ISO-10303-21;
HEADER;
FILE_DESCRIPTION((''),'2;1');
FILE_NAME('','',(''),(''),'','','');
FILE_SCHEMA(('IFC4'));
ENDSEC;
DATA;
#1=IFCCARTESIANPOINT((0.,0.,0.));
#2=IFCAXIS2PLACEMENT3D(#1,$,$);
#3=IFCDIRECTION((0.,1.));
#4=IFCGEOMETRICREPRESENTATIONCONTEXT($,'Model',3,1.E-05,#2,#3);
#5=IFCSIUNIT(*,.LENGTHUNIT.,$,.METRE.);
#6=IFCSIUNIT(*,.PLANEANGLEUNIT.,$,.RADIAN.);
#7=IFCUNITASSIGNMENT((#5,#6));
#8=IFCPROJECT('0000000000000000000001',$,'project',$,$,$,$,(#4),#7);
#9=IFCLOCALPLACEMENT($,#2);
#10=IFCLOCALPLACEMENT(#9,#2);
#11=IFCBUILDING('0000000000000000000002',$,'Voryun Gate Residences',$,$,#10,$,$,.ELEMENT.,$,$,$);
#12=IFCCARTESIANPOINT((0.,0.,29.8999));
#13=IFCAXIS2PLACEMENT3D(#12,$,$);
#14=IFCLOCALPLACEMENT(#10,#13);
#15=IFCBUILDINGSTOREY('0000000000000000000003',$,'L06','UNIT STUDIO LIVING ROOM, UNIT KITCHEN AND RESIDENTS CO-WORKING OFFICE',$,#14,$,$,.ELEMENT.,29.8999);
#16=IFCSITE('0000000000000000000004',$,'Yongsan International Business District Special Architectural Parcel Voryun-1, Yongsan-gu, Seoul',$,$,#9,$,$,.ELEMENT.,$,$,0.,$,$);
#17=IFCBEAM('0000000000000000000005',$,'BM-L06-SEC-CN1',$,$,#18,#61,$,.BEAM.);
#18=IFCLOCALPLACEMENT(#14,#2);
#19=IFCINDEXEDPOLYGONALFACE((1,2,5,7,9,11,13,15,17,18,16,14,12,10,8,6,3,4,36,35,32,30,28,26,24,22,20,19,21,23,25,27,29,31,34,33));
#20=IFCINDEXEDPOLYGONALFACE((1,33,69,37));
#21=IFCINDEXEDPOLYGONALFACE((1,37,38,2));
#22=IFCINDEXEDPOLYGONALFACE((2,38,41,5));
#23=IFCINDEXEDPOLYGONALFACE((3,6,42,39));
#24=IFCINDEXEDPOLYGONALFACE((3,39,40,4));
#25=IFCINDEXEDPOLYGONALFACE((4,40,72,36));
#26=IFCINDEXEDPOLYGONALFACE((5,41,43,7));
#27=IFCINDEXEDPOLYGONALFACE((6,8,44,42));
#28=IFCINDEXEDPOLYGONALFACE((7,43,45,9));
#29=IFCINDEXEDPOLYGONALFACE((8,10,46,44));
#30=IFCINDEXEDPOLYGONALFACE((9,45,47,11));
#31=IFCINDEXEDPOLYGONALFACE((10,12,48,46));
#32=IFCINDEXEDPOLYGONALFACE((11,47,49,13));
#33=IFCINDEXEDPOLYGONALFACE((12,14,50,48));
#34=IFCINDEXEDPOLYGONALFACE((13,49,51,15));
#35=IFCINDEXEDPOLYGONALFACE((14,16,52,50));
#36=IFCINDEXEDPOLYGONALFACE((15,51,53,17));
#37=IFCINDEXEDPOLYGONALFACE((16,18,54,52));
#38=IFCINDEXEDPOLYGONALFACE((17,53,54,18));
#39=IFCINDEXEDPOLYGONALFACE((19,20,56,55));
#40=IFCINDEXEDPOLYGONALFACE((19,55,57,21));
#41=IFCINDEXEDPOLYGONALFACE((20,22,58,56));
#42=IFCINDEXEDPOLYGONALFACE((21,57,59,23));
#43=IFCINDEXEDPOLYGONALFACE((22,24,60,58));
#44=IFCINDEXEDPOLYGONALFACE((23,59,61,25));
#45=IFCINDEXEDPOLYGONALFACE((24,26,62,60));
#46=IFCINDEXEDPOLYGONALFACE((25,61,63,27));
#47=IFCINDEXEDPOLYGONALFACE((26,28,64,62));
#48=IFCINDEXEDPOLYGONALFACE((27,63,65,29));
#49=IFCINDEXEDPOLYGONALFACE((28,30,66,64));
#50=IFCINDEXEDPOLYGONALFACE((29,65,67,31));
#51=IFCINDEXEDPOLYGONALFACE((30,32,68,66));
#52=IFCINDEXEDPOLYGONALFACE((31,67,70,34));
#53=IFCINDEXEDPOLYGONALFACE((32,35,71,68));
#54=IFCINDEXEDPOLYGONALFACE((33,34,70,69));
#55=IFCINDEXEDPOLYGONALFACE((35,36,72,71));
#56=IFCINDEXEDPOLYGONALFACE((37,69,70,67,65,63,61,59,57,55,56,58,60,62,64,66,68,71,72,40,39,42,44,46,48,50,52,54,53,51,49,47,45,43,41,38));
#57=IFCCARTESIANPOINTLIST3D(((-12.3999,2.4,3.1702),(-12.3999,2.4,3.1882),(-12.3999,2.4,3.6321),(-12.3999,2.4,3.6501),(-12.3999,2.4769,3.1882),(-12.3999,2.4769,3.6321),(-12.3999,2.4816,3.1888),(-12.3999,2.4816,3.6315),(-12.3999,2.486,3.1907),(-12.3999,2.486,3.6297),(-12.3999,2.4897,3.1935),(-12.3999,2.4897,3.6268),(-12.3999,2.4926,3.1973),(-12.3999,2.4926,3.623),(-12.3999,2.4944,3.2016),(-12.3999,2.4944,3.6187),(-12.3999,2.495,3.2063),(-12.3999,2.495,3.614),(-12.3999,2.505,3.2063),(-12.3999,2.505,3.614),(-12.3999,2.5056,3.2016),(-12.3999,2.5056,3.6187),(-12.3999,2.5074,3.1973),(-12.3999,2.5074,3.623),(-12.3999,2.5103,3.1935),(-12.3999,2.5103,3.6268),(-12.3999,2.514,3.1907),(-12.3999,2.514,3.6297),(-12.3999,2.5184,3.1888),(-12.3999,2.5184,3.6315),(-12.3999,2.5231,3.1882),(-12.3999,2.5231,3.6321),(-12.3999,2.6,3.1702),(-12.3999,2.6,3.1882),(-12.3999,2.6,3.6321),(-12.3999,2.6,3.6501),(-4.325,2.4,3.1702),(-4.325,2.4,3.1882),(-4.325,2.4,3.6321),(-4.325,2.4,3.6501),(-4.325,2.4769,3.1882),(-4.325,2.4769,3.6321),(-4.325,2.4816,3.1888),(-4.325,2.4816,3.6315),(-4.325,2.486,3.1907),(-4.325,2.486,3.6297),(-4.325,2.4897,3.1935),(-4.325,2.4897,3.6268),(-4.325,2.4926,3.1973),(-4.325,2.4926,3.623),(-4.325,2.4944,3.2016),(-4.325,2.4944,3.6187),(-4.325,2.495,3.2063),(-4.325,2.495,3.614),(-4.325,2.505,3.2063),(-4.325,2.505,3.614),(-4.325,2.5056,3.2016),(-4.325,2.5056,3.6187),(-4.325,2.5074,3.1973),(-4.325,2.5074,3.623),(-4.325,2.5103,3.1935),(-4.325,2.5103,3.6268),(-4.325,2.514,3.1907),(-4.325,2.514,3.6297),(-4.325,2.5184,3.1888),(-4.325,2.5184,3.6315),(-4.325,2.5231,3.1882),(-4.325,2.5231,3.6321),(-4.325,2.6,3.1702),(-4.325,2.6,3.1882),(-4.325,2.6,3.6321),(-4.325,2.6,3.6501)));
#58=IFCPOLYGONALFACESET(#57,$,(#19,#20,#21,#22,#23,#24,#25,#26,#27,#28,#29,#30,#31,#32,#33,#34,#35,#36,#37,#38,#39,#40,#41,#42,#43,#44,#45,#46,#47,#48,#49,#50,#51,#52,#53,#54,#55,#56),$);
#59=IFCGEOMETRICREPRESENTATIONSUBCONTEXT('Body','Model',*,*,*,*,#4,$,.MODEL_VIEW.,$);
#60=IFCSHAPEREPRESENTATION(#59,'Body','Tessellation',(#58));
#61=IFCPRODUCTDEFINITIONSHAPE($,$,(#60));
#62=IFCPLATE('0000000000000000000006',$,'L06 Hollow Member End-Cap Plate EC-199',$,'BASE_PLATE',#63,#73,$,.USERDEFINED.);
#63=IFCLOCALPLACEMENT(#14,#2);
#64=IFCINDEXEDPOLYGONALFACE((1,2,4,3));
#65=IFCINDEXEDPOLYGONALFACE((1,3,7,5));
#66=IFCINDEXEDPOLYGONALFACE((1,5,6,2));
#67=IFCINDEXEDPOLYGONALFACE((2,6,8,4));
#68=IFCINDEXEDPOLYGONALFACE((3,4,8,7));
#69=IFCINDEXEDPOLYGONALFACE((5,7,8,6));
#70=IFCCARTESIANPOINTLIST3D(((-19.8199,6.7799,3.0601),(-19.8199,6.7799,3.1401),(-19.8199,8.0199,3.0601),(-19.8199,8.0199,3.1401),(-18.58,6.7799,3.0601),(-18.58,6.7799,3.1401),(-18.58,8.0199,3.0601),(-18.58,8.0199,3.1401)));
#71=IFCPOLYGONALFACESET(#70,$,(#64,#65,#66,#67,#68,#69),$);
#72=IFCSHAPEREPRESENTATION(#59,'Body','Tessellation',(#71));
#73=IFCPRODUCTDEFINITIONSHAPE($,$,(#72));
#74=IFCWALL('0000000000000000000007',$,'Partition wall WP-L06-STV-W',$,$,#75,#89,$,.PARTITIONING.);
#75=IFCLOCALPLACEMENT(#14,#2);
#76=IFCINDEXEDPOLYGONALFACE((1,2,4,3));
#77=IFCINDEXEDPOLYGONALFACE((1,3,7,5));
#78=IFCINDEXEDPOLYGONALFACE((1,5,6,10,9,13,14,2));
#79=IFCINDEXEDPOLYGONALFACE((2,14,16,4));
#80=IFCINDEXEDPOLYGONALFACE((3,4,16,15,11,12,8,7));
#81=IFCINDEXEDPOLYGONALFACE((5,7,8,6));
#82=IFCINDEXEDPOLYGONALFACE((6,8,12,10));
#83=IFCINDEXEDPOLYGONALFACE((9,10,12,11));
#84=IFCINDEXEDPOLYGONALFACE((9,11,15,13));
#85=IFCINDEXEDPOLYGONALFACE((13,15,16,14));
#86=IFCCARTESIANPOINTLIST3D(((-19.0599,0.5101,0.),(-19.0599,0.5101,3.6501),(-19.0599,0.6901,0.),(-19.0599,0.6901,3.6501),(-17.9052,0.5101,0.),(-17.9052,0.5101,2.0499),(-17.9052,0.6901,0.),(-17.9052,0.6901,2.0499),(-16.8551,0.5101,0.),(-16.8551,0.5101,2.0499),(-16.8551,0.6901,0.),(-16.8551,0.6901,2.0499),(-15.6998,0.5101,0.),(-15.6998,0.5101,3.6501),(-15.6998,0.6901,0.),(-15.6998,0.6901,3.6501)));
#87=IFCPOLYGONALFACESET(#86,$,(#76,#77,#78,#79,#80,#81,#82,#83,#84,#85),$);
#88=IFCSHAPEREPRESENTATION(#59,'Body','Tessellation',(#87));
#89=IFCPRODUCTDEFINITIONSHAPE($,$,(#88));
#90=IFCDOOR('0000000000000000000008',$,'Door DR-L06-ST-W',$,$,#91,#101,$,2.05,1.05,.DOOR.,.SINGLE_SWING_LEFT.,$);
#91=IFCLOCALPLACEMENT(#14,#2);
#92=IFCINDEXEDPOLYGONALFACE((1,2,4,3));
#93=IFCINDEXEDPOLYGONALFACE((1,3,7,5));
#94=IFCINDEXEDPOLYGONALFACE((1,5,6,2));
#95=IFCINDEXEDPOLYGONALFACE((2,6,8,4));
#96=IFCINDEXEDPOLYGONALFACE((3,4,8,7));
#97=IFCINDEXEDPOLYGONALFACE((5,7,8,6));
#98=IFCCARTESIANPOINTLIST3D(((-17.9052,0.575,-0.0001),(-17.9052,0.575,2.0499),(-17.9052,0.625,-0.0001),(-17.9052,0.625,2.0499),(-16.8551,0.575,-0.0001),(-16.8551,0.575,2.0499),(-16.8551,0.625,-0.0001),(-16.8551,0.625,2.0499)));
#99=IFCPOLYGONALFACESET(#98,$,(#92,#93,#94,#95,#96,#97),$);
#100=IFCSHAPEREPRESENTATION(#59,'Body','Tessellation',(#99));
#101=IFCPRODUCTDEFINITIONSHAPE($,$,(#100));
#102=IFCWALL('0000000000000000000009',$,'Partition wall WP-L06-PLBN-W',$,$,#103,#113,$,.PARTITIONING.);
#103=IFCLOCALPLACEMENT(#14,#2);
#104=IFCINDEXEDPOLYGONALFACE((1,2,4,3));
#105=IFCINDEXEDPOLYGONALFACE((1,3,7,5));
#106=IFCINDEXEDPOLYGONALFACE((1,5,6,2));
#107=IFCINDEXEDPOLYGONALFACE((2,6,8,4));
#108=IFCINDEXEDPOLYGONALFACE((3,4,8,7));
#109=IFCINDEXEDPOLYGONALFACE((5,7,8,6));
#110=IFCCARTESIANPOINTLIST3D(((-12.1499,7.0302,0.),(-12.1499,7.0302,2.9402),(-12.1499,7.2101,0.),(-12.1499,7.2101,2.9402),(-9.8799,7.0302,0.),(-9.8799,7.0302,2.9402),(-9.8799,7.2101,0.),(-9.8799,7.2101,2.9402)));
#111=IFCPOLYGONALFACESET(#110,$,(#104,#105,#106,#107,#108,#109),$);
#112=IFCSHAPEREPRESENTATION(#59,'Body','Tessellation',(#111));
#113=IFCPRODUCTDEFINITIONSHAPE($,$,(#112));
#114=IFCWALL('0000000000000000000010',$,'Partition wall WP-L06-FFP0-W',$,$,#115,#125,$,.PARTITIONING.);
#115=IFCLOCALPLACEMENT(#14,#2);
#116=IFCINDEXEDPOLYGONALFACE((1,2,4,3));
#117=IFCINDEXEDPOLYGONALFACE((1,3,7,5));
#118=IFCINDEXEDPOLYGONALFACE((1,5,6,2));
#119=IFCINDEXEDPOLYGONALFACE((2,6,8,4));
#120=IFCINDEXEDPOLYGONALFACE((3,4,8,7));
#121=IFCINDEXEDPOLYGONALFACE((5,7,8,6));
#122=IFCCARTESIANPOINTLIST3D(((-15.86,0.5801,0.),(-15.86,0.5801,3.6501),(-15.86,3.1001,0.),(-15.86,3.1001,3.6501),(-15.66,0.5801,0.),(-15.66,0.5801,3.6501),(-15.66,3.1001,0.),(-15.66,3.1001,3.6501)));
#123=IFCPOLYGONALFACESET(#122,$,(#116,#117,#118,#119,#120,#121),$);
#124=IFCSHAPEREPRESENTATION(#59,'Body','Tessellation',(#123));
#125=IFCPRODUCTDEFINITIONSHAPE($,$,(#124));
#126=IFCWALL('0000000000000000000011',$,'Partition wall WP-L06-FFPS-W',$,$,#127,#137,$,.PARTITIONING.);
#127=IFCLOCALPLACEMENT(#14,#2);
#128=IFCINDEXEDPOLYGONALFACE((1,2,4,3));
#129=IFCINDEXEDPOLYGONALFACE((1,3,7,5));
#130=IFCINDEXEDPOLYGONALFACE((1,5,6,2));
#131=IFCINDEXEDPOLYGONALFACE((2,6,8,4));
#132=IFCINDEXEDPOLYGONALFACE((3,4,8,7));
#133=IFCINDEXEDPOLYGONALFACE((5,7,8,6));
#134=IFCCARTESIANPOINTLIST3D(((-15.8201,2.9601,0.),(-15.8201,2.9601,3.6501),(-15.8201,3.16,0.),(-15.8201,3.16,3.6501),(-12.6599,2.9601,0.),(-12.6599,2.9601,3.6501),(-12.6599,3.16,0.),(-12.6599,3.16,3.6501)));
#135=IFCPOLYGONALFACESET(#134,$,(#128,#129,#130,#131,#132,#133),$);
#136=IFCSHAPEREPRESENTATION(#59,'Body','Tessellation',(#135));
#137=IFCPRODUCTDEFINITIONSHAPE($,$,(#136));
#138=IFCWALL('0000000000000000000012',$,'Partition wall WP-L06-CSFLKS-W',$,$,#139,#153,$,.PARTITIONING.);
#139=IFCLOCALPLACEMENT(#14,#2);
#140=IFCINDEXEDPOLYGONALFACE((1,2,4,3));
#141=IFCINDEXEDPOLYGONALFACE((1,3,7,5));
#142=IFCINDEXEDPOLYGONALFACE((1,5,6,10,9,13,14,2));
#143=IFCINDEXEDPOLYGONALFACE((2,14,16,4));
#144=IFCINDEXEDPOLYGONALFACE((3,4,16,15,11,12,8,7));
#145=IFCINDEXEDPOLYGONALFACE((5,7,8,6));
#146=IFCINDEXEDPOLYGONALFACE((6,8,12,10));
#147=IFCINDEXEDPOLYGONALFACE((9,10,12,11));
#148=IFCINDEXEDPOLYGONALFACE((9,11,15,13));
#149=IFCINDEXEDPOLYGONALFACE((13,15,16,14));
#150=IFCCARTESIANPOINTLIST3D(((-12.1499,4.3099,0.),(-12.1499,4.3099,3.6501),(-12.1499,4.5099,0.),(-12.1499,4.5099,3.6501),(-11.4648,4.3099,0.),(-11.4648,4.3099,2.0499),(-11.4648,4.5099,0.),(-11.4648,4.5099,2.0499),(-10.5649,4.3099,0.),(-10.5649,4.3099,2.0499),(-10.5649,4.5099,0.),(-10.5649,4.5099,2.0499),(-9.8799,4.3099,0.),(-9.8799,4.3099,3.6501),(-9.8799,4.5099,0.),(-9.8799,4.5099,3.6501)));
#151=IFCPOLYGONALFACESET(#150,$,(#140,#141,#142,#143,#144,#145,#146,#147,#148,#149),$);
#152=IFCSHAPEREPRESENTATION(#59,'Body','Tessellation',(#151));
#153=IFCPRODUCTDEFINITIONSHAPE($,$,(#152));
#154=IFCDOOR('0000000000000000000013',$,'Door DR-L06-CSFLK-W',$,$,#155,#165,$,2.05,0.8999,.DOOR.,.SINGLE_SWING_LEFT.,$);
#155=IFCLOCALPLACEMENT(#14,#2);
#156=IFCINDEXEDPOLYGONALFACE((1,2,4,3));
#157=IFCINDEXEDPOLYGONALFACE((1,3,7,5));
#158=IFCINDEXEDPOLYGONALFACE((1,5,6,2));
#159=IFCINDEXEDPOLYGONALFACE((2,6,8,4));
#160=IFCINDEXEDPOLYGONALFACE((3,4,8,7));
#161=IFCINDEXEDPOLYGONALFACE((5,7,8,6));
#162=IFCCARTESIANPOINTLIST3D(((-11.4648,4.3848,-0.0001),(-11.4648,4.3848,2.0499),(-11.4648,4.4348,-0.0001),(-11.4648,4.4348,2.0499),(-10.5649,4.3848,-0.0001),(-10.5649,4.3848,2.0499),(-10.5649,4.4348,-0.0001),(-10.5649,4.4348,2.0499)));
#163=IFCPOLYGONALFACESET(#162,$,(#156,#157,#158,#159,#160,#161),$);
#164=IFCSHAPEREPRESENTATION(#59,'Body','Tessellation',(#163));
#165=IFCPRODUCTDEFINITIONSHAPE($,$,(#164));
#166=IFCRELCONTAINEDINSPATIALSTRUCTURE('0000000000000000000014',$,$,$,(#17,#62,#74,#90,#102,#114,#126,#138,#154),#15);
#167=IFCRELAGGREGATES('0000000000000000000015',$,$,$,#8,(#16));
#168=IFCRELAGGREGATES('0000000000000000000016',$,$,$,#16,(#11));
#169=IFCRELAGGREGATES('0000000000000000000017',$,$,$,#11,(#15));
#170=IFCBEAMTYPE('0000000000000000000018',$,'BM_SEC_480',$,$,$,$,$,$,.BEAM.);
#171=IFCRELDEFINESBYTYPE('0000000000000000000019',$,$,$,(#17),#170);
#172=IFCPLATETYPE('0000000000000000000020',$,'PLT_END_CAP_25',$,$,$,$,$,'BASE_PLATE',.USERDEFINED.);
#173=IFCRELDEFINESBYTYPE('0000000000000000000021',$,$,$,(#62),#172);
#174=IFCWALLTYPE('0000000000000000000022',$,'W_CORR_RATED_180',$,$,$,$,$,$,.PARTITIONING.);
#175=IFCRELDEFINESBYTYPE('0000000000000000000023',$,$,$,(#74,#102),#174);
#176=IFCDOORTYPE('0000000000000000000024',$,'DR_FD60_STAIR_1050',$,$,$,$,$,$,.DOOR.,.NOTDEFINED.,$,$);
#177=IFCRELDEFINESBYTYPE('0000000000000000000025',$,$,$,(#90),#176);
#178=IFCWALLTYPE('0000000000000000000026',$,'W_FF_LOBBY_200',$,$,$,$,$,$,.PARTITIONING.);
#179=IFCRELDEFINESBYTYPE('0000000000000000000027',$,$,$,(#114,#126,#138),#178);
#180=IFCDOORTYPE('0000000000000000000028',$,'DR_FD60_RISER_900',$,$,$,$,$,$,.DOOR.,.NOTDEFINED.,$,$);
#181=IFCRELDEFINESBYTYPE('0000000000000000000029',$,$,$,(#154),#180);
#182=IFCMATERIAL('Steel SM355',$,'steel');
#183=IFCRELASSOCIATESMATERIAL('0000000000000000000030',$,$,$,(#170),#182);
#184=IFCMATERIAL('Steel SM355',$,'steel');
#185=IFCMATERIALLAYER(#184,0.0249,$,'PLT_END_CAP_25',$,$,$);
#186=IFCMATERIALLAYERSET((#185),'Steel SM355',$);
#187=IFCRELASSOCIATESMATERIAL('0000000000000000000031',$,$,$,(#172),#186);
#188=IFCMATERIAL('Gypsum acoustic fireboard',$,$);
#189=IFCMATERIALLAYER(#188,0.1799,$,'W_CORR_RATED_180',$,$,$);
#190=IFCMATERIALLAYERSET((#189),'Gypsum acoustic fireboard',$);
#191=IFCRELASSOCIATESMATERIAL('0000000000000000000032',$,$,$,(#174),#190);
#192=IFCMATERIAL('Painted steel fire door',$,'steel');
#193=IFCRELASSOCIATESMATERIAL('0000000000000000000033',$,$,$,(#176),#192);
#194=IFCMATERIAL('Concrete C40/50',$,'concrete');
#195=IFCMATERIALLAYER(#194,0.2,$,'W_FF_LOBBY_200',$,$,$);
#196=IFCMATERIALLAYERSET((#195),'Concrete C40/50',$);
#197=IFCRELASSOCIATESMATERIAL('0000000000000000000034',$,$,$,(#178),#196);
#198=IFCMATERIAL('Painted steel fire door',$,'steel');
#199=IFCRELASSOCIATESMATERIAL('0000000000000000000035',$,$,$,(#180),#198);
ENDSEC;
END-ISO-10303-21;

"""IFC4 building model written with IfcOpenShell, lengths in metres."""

from ifc_helpers import new_model, si_unit, direction, frame, frame_2d, origin, origin_2d, place, context, subcontext, project, spatial, rectangle, i_section, extrude, material, layer, layer_set, material_profile, profile_set, type_object, element, fill, save


model = new_model("IFC4")

# Units and contexts
model_context = context("Model", 3, precision=1e-05, world=origin(), true_north=direction((0.0, 1.0)))
body_context = subcontext(model_context, "Body", "Model", "MODEL_VIEW")
ifc_project = project(units=[si_unit("LENGTHUNIT", "METRE"), si_unit("PLANEANGLEUNIT", "RADIAN")], contexts=[model_context])

# Site, building, storey
site_placement = place(None, origin())
site = spatial("IfcSite", under=ifc_project, at=site_placement, Name="Yongsan International Business District Special Architectural Parcel Voryun-1, Yongsan-gu, Seoul", CompositionType="ELEMENT", RefElevation=0.0)
building_placement = place(site_placement, origin())
building = spatial("IfcBuilding", under=site, at=building_placement, Name="Voryun Gate Residences", CompositionType="ELEMENT")
storey_placement = place(building_placement, frame((0.0, 0.0, 29.8999)))
storey = spatial("IfcBuildingStorey", under=building, at=storey_placement, Name="L06", Description="UNIT STUDIO LIVING ROOM, UNIT KITCHEN AND RESIDENTS CO-WORKING OFFICE", CompositionType="ELEMENT", Elevation=29.8999)

# Beam
ifc_material_1 = material(Name="Steel SM355", Category="steel")
ifc_material_profile_1 = material_profile(ifc_material_1, i_section(OverallWidth=0.2, OverallDepth=0.48, WebThickness=0.01, FlangeThickness=0.0181, FilletRadius=0.0181, at=origin_2d()), Name="H-480x200x10x18")
ifc_profile_set_1 = profile_set([ifc_material_profile_1], Name="Steel SM355")
beam_type_1 = type_object("IfcBeamType", Name="BM_SEC_480", PredefinedType="BEAM", material=ifc_profile_set_1)
for number, where, z_axis, x_axis, name in (
    (1, (-12.3999, 2.5, 3.4102), (1.0, 0.0, 0.0), (0.0, 1.0, 0.0), "BM-L06-SEC-CN1"),
):
    element("IfcBeam", number, at=place(storey_placement, frame(where, z_axis=z_axis, x_axis=x_axis)), inside=storey, type_object=beam_type_1, Name=name, PredefinedType="BEAM", context=body_context, shape_type="SweptSolid", body=[
        extrude(i_section(OverallWidth=0.2, OverallDepth=0.48, WebThickness=0.01, FlangeThickness=0.0181, FilletRadius=0.0181, at=origin_2d()), origin(), (0.0, 0.0, 1.0), 8.075),
    ])

# Plate
ifc_material_2 = material(Name="Steel SM355", Category="steel")
ifc_layer_1 = layer(ifc_material_2, 0.0249, Name="PLT_END_CAP_25")
ifc_layer_set_1 = layer_set([ifc_layer_1], Name="Steel SM355")
plate_type = type_object("IfcPlateType", Name="PLT_END_CAP_25", ElementType="BASE_PLATE", PredefinedType="USERDEFINED", material=ifc_layer_set_1)
plate_placement = place(storey_placement, frame((-19.2, 7.3999, 3.0601), z_axis=(0.0, 0.0, 1.0), x_axis=(1.0, 0.0, 0.0)))
element("IfcPlate", 2, at=plate_placement, inside=storey, type_object=plate_type, Name="L06 Hollow Member End-Cap Plate EC-199", ObjectType="BASE_PLATE", PredefinedType="USERDEFINED", context=body_context, shape_type="SweptSolid", body=[
    extrude(rectangle(XDim=1.24, YDim=1.24, at=origin_2d()), origin(), (0.0, 0.0, 1.0), 0.0801),
])

# Wall, opening, door
ifc_material_3 = material(Name="Gypsum acoustic fireboard")
ifc_layer_2 = layer(ifc_material_3, 0.1799, Name="W_CORR_RATED_180")
ifc_layer_set_2 = layer_set([ifc_layer_2], Name="Gypsum acoustic fireboard")
wall_type_1 = type_object("IfcWallType", Name="W_CORR_RATED_180", PredefinedType="PARTITIONING", material=ifc_layer_set_2)
wall_1_placement = place(storey_placement, frame((-19.0601, 0.6001, 0.0), z_axis=(0.0, 0.0, 1.0), x_axis=(1.0, 0.0, 0.0)))
wall_1 = element("IfcWall", 3, at=wall_1_placement, inside=storey, type_object=wall_type_1, Name="Partition wall WP-L06-STV-W", PredefinedType="PARTITIONING", context=body_context, shape_type="SweptSolid", body=[
    extrude(rectangle(XDim=3.3601, YDim=0.1799, at=frame_2d((1.6802, 0.0))), origin(), (0.0, 0.0, 1.0), 3.6501),
])
opening_1_placement = place(wall_1_placement, frame((1.155, 0.0, 0.0)))
opening_1 = element("IfcOpeningElement", 4, at=opening_1_placement, cuts=wall_1, PredefinedType="OPENING", context=body_context, shape_type="SweptSolid", body=[
    extrude(rectangle(XDim=1.05, YDim=2.05, at=frame_2d((0.5249, 1.0249))), frame((0.0, 0.0999, 0.0), z_axis=(0.0, -1.0, 0.0), x_axis=(1.0, 0.0, 0.0)), (0.0, 0.0, 1.0), 0.2),
])
ifc_material_4 = material(Name="Painted steel fire door", Category="steel")
door_type_1 = type_object("IfcDoorType", Name="DR_FD60_STAIR_1050", OperationType="NOTDEFINED", PredefinedType="DOOR", material=ifc_material_4)
door_1_placement = place(opening_1_placement, origin())
door_1 = element("IfcDoor", 5, at=door_1_placement, inside=storey, type_object=door_type_1, Name="Door DR-L06-ST-W", OperationType="SINGLE_SWING_LEFT", OverallHeight=2.05, OverallWidth=1.05, PredefinedType="DOOR", context=body_context, shape_type="SweptSolid", body=[
    extrude(rectangle(XDim=1.05, YDim=2.05, at=frame_2d((0.5249, 1.0249))), frame((0.0, 0.0249, 0.0), z_axis=(0.0, -1.0, 0.0), x_axis=(1.0, 0.0, 0.0)), (0.0, 0.0, 1.0), 0.05),
])
fill(opening_1, door_1)

# Walls
wall_2_placement = place(storey_placement, frame((-12.1499, 7.1201, 0.0), z_axis=(0.0, 0.0, 1.0), x_axis=(1.0, 0.0, 0.0)))
element("IfcWall", 6, at=wall_2_placement, inside=storey, type_object=wall_type_1, Name="Partition wall WP-L06-PLBN-W", PredefinedType="PARTITIONING", context=body_context, shape_type="SweptSolid", body=[
    extrude(rectangle(XDim=2.27, YDim=0.1799, at=frame_2d((1.135, 0.0))), origin(), (0.0, 0.0, 1.0), 2.9402),
])
ifc_material_5 = material(Name="Concrete C40/50", Category="concrete")
ifc_layer_3 = layer(ifc_material_5, 0.2, Name="W_FF_LOBBY_200")
ifc_layer_set_3 = layer_set([ifc_layer_3], Name="Concrete C40/50")
wall_type_2 = type_object("IfcWallType", Name="W_FF_LOBBY_200", PredefinedType="PARTITIONING", material=ifc_layer_set_3)
wall_3_placement = place(storey_placement, frame((-15.76, 0.5801, 0.0), z_axis=(0.0, 0.0, 1.0), x_axis=(0.0, 1.0, 0.0)))
element("IfcWall", 7, at=wall_3_placement, inside=storey, type_object=wall_type_2, Name="Partition wall WP-L06-FFP0-W", PredefinedType="PARTITIONING", context=body_context, shape_type="SweptSolid", body=[
    extrude(rectangle(XDim=2.52, YDim=0.2, at=frame_2d((1.26, 0.0))), origin(), (0.0, 0.0, 1.0), 3.6501),
])
wall_4_placement = place(storey_placement, frame((-15.8201, 3.0601, 0.0), z_axis=(0.0, 0.0, 1.0), x_axis=(1.0, 0.0, 0.0)))
element("IfcWall", 8, at=wall_4_placement, inside=storey, type_object=wall_type_2, Name="Partition wall WP-L06-FFPS-W", PredefinedType="PARTITIONING", context=body_context, shape_type="SweptSolid", body=[
    extrude(rectangle(XDim=3.1602, YDim=0.2, at=frame_2d((1.5801, 0.0))), origin(), (0.0, 0.0, 1.0), 3.6501),
])

# Wall, opening, door
wall_5_placement = place(storey_placement, frame((-12.1499, 4.4099, 0.0), z_axis=(0.0, 0.0, 1.0), x_axis=(1.0, 0.0, 0.0)))
wall_5 = element("IfcWall", 9, at=wall_5_placement, inside=storey, type_object=wall_type_2, Name="Partition wall WP-L06-CSFLKS-W", PredefinedType="PARTITIONING", context=body_context, shape_type="SweptSolid", body=[
    extrude(rectangle(XDim=2.27, YDim=0.2, at=frame_2d((1.135, 0.0))), origin(), (0.0, 0.0, 1.0), 3.6501),
])
opening_2_placement = place(wall_5_placement, frame((0.6851, 0.0, 0.0)))
opening_2 = element("IfcOpeningElement", 10, at=opening_2_placement, cuts=wall_5, PredefinedType="OPENING", context=body_context, shape_type="SweptSolid", body=[
    extrude(rectangle(XDim=0.8999, YDim=2.05, at=frame_2d((0.45, 1.0249))), frame((0.0, 0.1101, 0.0), z_axis=(0.0, -1.0, 0.0), x_axis=(1.0, 0.0, 0.0)), (0.0, 0.0, 1.0), 0.22),
])
ifc_material_6 = material(Name="Painted steel fire door", Category="steel")
door_type_2 = type_object("IfcDoorType", Name="DR_FD60_RISER_900", OperationType="NOTDEFINED", PredefinedType="DOOR", material=ifc_material_6)
door_2_placement = place(opening_2_placement, origin())
door_2 = element("IfcDoor", 11, at=door_2_placement, inside=storey, type_object=door_type_2, Name="Door DR-L06-CSFLK-W", OperationType="SINGLE_SWING_LEFT", OverallHeight=2.05, OverallWidth=0.8999, PredefinedType="DOOR", context=body_context, shape_type="SweptSolid", body=[
    extrude(rectangle(XDim=0.8999, YDim=2.05, at=frame_2d((0.45, 1.0249))), frame((0.0, 0.0249, 0.0), z_axis=(0.0, -1.0, 0.0), x_axis=(1.0, 0.0, 0.0)), (0.0, 0.0, 1.0), 0.05),
])
fill(opening_2, door_2)

save(model, "model.ifc")
